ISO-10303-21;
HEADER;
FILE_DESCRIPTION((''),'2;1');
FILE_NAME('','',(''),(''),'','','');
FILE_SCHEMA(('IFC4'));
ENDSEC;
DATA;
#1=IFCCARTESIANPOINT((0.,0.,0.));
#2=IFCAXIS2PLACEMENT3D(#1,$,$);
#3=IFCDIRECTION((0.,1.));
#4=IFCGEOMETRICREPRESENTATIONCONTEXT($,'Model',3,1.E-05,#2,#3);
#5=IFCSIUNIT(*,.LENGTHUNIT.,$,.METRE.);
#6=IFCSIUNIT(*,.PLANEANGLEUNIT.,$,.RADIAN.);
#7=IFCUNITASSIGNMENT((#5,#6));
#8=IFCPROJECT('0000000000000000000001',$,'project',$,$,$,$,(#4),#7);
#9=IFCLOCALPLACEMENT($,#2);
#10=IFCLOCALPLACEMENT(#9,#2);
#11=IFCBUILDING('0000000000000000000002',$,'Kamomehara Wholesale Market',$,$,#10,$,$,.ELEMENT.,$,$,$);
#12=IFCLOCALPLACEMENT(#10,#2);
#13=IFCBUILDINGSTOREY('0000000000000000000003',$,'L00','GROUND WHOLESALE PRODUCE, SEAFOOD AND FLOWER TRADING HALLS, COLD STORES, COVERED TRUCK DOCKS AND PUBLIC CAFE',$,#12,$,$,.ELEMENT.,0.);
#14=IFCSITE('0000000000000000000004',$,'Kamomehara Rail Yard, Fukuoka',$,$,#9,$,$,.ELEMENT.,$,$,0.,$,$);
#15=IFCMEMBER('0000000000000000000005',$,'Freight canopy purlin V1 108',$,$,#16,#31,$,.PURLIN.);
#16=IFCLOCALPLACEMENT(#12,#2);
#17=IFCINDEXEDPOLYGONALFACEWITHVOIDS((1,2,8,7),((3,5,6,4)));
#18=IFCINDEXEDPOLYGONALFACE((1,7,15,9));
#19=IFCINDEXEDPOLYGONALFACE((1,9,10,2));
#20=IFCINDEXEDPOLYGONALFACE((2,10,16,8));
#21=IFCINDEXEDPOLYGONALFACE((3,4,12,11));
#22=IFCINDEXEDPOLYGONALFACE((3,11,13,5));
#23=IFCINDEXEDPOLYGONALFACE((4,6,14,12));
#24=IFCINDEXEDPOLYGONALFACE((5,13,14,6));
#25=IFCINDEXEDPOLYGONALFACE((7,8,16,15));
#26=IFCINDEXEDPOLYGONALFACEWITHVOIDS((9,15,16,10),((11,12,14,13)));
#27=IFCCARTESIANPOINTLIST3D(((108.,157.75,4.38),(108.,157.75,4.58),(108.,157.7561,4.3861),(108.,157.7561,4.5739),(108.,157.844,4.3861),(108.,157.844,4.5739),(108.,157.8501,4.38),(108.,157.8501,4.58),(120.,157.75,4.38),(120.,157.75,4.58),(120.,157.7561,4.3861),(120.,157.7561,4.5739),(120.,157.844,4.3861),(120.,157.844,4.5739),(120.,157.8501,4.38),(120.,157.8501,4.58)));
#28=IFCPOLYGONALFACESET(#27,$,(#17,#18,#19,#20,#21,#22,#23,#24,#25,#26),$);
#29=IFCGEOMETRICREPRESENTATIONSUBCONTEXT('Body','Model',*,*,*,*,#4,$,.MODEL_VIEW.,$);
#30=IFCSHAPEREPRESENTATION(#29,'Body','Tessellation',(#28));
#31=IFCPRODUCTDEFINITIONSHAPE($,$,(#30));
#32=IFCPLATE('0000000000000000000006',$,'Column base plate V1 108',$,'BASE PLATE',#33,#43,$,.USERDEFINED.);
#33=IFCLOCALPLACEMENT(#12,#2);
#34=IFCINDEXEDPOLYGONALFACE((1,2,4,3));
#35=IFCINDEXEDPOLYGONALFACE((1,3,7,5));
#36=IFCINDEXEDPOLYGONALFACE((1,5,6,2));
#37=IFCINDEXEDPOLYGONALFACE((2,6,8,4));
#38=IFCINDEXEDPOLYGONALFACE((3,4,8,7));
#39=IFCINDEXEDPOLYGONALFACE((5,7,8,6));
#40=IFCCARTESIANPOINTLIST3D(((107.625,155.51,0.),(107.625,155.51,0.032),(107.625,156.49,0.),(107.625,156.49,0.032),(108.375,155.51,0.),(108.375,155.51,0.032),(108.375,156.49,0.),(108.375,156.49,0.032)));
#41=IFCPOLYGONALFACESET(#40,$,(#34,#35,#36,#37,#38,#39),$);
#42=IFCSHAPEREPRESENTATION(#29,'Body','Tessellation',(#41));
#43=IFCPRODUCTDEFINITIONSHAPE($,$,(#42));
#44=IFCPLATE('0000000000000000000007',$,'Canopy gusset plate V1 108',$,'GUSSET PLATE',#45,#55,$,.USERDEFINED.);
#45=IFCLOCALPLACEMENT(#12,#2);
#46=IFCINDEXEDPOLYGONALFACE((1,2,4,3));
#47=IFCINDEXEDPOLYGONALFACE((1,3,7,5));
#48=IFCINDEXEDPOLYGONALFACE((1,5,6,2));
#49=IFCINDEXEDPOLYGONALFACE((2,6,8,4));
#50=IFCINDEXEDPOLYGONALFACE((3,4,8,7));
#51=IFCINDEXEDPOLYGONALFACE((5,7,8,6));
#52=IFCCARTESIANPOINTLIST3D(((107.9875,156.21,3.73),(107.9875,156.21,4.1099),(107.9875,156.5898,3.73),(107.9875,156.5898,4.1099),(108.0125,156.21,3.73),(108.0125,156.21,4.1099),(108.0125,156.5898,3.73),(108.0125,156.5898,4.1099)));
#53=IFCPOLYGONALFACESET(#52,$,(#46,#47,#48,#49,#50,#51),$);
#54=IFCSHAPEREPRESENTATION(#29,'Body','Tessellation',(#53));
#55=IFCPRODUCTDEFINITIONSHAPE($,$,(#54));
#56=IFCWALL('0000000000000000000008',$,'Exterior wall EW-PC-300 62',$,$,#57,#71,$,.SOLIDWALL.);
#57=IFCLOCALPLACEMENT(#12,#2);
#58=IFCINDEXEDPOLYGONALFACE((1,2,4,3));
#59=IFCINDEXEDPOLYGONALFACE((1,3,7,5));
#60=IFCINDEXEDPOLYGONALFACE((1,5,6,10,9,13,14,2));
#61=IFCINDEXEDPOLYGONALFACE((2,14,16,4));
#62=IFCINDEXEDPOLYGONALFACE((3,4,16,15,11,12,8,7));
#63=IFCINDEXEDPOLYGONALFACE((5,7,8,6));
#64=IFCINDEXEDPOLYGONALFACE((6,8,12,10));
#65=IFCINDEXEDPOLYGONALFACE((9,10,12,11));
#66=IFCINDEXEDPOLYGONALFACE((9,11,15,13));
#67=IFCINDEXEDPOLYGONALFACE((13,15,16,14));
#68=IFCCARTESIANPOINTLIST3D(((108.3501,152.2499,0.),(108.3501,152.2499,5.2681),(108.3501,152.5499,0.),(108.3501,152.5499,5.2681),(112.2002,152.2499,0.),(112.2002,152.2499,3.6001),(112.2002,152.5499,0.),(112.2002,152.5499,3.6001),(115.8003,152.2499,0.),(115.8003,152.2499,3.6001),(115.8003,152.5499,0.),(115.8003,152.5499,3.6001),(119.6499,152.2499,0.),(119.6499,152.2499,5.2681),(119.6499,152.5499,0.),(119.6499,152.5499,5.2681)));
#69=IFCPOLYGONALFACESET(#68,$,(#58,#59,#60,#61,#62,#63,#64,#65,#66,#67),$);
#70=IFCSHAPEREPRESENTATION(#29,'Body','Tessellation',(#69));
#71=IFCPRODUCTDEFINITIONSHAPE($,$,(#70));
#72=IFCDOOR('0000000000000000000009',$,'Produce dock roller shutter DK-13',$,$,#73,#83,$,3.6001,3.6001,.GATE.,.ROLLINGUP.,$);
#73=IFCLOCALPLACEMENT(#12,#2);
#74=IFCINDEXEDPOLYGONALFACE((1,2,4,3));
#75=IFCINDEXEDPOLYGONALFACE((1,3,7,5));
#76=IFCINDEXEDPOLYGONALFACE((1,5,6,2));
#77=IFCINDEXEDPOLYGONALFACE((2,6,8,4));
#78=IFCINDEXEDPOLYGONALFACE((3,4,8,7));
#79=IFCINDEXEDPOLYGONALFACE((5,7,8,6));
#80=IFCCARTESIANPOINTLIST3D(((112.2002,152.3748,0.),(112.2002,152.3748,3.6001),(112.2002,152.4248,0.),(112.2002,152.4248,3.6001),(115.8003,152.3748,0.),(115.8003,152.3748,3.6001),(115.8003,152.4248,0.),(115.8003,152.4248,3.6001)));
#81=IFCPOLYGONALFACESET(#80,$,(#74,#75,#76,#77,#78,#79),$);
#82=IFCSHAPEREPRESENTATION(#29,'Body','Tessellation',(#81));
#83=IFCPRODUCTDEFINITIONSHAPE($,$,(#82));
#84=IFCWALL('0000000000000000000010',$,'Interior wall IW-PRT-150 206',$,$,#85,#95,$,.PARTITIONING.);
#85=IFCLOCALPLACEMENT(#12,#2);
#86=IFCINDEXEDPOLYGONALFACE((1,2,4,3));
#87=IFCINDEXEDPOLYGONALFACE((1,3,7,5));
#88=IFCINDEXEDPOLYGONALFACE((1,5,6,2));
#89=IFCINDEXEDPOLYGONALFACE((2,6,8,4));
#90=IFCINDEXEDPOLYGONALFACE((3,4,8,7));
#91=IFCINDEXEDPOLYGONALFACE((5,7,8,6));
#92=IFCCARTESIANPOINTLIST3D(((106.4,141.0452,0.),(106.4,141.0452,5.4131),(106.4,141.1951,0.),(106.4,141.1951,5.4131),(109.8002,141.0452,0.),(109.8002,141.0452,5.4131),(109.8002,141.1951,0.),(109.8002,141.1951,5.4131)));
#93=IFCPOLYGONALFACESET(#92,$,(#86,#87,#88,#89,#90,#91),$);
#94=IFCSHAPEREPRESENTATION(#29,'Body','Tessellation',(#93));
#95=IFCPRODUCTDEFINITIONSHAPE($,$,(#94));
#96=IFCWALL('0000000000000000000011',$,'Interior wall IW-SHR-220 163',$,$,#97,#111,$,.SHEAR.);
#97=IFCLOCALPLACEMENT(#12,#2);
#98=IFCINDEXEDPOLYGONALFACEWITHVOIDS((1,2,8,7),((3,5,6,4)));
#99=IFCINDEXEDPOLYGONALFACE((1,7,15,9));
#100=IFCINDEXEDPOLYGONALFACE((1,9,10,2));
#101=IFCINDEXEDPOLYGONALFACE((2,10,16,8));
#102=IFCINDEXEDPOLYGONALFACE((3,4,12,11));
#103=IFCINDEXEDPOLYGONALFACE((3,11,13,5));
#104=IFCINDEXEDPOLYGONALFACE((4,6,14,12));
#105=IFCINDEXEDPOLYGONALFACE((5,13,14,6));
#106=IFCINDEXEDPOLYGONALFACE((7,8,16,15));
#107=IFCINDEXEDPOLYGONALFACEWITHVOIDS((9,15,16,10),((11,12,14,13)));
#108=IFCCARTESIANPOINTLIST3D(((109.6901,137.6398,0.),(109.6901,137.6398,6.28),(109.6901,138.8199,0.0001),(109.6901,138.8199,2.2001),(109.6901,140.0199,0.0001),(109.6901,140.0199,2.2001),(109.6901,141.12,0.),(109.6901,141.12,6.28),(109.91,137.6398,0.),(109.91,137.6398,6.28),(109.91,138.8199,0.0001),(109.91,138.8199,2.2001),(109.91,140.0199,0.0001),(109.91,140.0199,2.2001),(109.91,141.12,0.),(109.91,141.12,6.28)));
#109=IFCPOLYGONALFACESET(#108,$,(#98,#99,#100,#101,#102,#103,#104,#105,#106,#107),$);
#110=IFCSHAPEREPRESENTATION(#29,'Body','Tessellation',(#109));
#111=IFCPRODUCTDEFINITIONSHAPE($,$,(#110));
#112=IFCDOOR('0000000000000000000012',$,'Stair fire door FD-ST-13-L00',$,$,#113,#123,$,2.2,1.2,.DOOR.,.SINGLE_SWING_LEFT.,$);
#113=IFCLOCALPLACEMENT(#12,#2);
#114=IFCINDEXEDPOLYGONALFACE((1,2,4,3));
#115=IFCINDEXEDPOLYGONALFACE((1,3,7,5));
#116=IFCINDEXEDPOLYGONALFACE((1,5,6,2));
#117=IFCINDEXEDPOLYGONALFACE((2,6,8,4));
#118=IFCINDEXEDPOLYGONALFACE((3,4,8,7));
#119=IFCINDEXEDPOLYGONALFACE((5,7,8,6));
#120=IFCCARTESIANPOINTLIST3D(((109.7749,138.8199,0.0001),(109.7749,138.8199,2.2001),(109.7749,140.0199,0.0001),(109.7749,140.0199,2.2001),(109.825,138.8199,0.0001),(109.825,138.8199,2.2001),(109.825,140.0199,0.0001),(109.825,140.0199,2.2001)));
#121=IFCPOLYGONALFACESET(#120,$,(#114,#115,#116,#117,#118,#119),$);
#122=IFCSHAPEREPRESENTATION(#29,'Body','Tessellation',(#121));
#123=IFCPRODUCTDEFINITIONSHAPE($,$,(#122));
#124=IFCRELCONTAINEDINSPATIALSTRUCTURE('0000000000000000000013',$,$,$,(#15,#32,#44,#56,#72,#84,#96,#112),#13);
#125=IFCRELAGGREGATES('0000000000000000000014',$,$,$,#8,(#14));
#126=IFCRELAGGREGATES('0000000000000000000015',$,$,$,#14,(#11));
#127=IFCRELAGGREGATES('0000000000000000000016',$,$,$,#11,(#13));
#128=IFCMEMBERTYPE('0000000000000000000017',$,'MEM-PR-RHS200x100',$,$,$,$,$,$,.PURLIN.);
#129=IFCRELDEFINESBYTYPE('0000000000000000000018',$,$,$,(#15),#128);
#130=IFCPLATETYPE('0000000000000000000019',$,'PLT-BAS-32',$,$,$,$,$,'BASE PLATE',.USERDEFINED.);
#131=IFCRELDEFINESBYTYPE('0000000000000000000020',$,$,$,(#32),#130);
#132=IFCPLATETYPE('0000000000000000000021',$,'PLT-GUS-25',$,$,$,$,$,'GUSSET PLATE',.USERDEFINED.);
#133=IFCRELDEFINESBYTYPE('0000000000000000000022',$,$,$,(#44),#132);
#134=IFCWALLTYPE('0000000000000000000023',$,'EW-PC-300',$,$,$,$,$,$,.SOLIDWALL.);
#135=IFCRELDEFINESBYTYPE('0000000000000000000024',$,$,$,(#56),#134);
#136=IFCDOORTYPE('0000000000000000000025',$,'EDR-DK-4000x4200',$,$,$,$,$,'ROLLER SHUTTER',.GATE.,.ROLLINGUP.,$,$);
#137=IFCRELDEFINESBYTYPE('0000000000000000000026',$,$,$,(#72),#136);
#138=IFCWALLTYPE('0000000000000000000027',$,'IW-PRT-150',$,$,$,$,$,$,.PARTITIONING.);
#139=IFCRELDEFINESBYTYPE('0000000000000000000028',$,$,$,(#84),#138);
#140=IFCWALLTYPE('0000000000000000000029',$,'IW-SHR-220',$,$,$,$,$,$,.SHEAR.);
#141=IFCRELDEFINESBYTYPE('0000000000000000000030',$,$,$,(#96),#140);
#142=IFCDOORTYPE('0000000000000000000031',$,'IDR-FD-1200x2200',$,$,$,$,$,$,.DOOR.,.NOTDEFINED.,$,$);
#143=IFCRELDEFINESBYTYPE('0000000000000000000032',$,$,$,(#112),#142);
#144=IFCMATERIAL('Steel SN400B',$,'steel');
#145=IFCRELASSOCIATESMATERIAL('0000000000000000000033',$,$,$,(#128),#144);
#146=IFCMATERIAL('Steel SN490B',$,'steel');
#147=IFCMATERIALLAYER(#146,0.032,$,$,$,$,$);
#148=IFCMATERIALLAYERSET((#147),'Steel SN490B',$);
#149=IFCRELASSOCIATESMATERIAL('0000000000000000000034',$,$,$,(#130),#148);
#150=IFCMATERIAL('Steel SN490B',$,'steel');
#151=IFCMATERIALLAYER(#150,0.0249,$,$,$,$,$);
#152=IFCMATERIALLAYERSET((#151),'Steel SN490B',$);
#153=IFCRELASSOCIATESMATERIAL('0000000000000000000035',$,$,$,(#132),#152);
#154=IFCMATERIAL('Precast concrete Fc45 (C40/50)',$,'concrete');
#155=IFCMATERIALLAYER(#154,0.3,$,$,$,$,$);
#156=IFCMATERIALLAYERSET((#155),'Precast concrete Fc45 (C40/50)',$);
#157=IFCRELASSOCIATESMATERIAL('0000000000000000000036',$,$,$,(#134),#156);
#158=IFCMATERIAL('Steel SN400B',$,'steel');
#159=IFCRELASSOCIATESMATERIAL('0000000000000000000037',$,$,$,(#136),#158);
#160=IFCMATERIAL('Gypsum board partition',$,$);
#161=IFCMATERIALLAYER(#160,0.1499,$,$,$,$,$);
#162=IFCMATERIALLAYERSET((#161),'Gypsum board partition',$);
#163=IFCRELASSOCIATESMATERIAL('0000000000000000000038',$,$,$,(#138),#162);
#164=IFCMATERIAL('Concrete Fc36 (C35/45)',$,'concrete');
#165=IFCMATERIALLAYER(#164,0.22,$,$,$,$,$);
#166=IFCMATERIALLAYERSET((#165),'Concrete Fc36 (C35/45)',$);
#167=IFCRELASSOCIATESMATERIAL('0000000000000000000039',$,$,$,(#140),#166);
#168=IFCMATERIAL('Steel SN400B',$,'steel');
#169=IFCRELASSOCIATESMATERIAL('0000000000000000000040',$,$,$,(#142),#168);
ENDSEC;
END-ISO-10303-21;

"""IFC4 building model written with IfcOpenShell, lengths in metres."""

from ifc_helpers import new_model, si_unit, direction, frame, frame_2d, origin, origin_2d, place, context, subcontext, project, spatial, rectangle, hollow_rectangle, extrude, material, layer, layer_set, material_profile, profile_set, type_object, element, fill, save


model = new_model("IFC4")

# Units and contexts
model_context = context("Model", 3, precision=1e-05, world=origin(), true_north=direction((0.0, 1.0)))
body_context = subcontext(model_context, "Body", "Model", "MODEL_VIEW")
ifc_project = project(units=[si_unit("LENGTHUNIT", "METRE"), si_unit("PLANEANGLEUNIT", "RADIAN")], contexts=[model_context])

# Site, building, storey
site_placement = place(None, origin())
site = spatial("IfcSite", under=ifc_project, at=site_placement, Name="Kamomehara Rail Yard, Fukuoka", CompositionType="ELEMENT", RefElevation=0.0)
building_placement = place(site_placement, origin())
building = spatial("IfcBuilding", under=site, at=building_placement, Name="Kamomehara Wholesale Market", CompositionType="ELEMENT")
storey_placement = place(building_placement, origin())
storey = spatial("IfcBuildingStorey", under=building, at=storey_placement, Name="L00", Description="GROUND WHOLESALE PRODUCE, SEAFOOD AND FLOWER TRADING HALLS, COLD STORES, COVERED TRUCK DOCKS AND PUBLIC CAFE", CompositionType="ELEMENT", Elevation=0.0)

# Member
ifc_material_1 = material(Name="Steel SN400B", Category="steel")
ifc_material_profile_1 = material_profile(ifc_material_1, hollow_rectangle(XDim=0.1001, YDim=0.2, WallThickness=0.0061, at=origin_2d()), Name="RHS-200x100x6")
ifc_profile_set_1 = profile_set([ifc_material_profile_1], Name="Steel SN400B")
member_type_1 = type_object("IfcMemberType", Name="MEM-PR-RHS200x100", PredefinedType="PURLIN", material=ifc_profile_set_1)
member_1_placement = place(storey_placement, frame((108.0, 157.8, 4.48), z_axis=(1.0, 0.0, 0.0), x_axis=(0.0, 1.0, 0.0)))
element("IfcMember", 1, at=member_1_placement, inside=storey, type_object=member_type_1, Name="Freight canopy purlin V1 108", PredefinedType="PURLIN", context=body_context, shape_type="SweptSolid", body=[
    extrude(hollow_rectangle(XDim=0.1001, YDim=0.2, WallThickness=0.0061, at=origin_2d()), origin(), (0.0, 0.0, 1.0), 12.0),
])

# Plates
ifc_material_2 = material(Name="Steel SN490B", Category="steel")
ifc_layer_1 = layer(ifc_material_2, 0.032)
ifc_layer_set_1 = layer_set([ifc_layer_1], Name="Steel SN490B")
plate_type_1 = type_object("IfcPlateType", Name="PLT-BAS-32", ElementType="BASE PLATE", PredefinedType="USERDEFINED", material=ifc_layer_set_1)
plate_1_placement = place(storey_placement, frame((108.0, 156.0, 0.0), z_axis=(0.0, 0.0, 1.0), x_axis=(1.0, 0.0, 0.0)))
element("IfcPlate", 2, at=plate_1_placement, inside=storey, type_object=plate_type_1, Name="Column base plate V1 108", ObjectType="BASE PLATE", PredefinedType="USERDEFINED", context=body_context, shape_type="SweptSolid", body=[
    extrude(rectangle(XDim=0.75, YDim=0.98, at=origin_2d()), origin(), (0.0, 0.0, 1.0), 0.032),
])
ifc_material_3 = material(Name="Steel SN490B", Category="steel")
ifc_layer_2 = layer(ifc_material_3, 0.0249)
ifc_layer_set_2 = layer_set([ifc_layer_2], Name="Steel SN490B")
plate_type_2 = type_object("IfcPlateType", Name="PLT-GUS-25", ElementType="GUSSET PLATE", PredefinedType="USERDEFINED", material=ifc_layer_set_2)
plate_2_placement = place(storey_placement, frame((108.0, 156.3999, 3.73), z_axis=(0.0, 0.0, 1.0), x_axis=(1.0, 0.0, 0.0)))
element("IfcPlate", 3, at=plate_2_placement, inside=storey, type_object=plate_type_2, Name="Canopy gusset plate V1 108", ObjectType="GUSSET PLATE", PredefinedType="USERDEFINED", context=body_context, shape_type="SweptSolid", body=[
    extrude(rectangle(XDim=0.0249, YDim=0.3799, at=origin_2d()), origin(), (0.0, 0.0, 1.0), 0.3799),
])

# Wall, opening, door
ifc_material_4 = material(Name="Precast concrete Fc45 (C40/50)", Category="concrete")
ifc_layer_3 = layer(ifc_material_4, 0.3)
ifc_layer_set_3 = layer_set([ifc_layer_3], Name="Precast concrete Fc45 (C40/50)")
wall_type_1 = type_object("IfcWallType", Name="EW-PC-300", PredefinedType="SOLIDWALL", material=ifc_layer_set_3)
wall_1_placement = place(storey_placement, frame((108.3501, 152.3999, 0.0), z_axis=(0.0, 0.0, 1.0), x_axis=(1.0, 0.0, 0.0)))
wall_1 = element("IfcWall", 4, at=wall_1_placement, inside=storey, type_object=wall_type_1, Name="Exterior wall EW-PC-300 62", PredefinedType="SOLIDWALL", context=body_context, shape_type="SweptSolid", body=[
    extrude(rectangle(XDim=11.2998, YDim=0.3, at=frame_2d((5.6499, 0.0))), origin(), (0.0, 0.0, 1.0), 5.2681),
])
opening_1_placement = place(wall_1_placement, frame((3.8501, 0.0, 0.0)))
opening_1 = element("IfcOpeningElement", 5, at=opening_1_placement, cuts=wall_1, PredefinedType="OPENING", context=body_context, shape_type="SweptSolid", body=[
    extrude(rectangle(XDim=3.6001, YDim=3.6001, at=frame_2d((1.8, 1.8))), frame((0.0, 0.165, 0.0), z_axis=(0.0, -1.0, 0.0), x_axis=(1.0, 0.0, 0.0)), (0.0, 0.0, 1.0), 0.3298),
])
ifc_material_5 = material(Name="Steel SN400B", Category="steel")
door_type_1 = type_object("IfcDoorType", Name="EDR-DK-4000x4200", ElementType="ROLLER SHUTTER", OperationType="ROLLINGUP", PredefinedType="GATE", material=ifc_material_5)
door_1_placement = place(opening_1_placement, origin())
door_1 = element("IfcDoor", 6, at=door_1_placement, inside=storey, type_object=door_type_1, Name="Produce dock roller shutter DK-13", OperationType="ROLLINGUP", OverallHeight=3.6001, OverallWidth=3.6001, PredefinedType="GATE", context=body_context, shape_type="SweptSolid", body=[
    extrude(rectangle(XDim=3.6001, YDim=3.6001, at=frame_2d((1.8, 1.8))), frame((0.0, 0.0249, 0.0), z_axis=(0.0, -1.0, 0.0), x_axis=(1.0, 0.0, 0.0)), (0.0, 0.0, 1.0), 0.05),
])
fill(opening_1, door_1)

# Wall
ifc_material_6 = material(Name="Gypsum board partition")
ifc_layer_4 = layer(ifc_material_6, 0.1499)
ifc_layer_set_4 = layer_set([ifc_layer_4], Name="Gypsum board partition")
wall_type_2 = type_object("IfcWallType", Name="IW-PRT-150", PredefinedType="PARTITIONING", material=ifc_layer_set_4)
wall_2_placement = place(storey_placement, frame((106.3999, 141.1201, 0.0), z_axis=(0.0, 0.0, 1.0), x_axis=(1.0, 0.0, 0.0)))
element("IfcWall", 7, at=wall_2_placement, inside=storey, type_object=wall_type_2, Name="Interior wall IW-PRT-150 206", PredefinedType="PARTITIONING", context=body_context, shape_type="SweptSolid", body=[
    extrude(rectangle(XDim=3.4001, YDim=0.1499, at=frame_2d((1.7002, 0.0))), origin(), (0.0, 0.0, 1.0), 5.4131),
])

# Wall, opening, door
ifc_material_7 = material(Name="Concrete Fc36 (C35/45)", Category="concrete")
ifc_layer_5 = layer(ifc_material_7, 0.22)
ifc_layer_set_5 = layer_set([ifc_layer_5], Name="Concrete Fc36 (C35/45)")
wall_type_3 = type_object("IfcWallType", Name="IW-SHR-220", PredefinedType="SHEAR", material=ifc_layer_set_5)
wall_3_placement = place(storey_placement, frame((109.8, 141.1201, 0.0), z_axis=(0.0, 0.0, 1.0), x_axis=(0.0, -1.0, 0.0)))
wall_3 = element("IfcWall", 8, at=wall_3_placement, inside=storey, type_object=wall_type_3, Name="Interior wall IW-SHR-220 163", PredefinedType="SHEAR", context=body_context, shape_type="SweptSolid", body=[
    extrude(rectangle(XDim=3.4802, YDim=0.22, at=frame_2d((1.7402, 0.0))), origin(), (0.0, 0.0, 1.0), 6.28),
])
opening_2_placement = place(wall_3_placement, frame((1.1001, 0.0, 0.0)))
opening_2 = element("IfcOpeningElement", 9, at=opening_2_placement, cuts=wall_3, PredefinedType="OPENING", context=body_context, shape_type="SweptSolid", body=[
    extrude(rectangle(XDim=1.2, YDim=2.2, at=frame_2d((0.6001, 1.1001))), frame((0.0, 0.125, 0.0), z_axis=(0.0, -1.0, 0.0), x_axis=(1.0, 0.0, 0.0)), (0.0, 0.0, 1.0), 0.2498),
])
ifc_material_8 = material(Name="Steel SN400B", Category="steel")
door_type_2 = type_object("IfcDoorType", Name="IDR-FD-1200x2200", OperationType="NOTDEFINED", PredefinedType="DOOR", material=ifc_material_8)
door_2_placement = place(opening_2_placement, origin())
door_2 = element("IfcDoor", 10, at=door_2_placement, inside=storey, type_object=door_type_2, Name="Stair fire door FD-ST-13-L00", OperationType="SINGLE_SWING_LEFT", OverallHeight=2.2, OverallWidth=1.2, PredefinedType="DOOR", context=body_context, shape_type="SweptSolid", body=[
    extrude(rectangle(XDim=1.2, YDim=2.2, at=frame_2d((0.6001, 1.1001))), frame((0.0, 0.0249, 0.0), z_axis=(0.0, -1.0, 0.0), x_axis=(1.0, 0.0, 0.0)), (0.0, 0.0, 1.0), 0.05),
])
fill(opening_2, door_2)

save(model, "model.ifc")
